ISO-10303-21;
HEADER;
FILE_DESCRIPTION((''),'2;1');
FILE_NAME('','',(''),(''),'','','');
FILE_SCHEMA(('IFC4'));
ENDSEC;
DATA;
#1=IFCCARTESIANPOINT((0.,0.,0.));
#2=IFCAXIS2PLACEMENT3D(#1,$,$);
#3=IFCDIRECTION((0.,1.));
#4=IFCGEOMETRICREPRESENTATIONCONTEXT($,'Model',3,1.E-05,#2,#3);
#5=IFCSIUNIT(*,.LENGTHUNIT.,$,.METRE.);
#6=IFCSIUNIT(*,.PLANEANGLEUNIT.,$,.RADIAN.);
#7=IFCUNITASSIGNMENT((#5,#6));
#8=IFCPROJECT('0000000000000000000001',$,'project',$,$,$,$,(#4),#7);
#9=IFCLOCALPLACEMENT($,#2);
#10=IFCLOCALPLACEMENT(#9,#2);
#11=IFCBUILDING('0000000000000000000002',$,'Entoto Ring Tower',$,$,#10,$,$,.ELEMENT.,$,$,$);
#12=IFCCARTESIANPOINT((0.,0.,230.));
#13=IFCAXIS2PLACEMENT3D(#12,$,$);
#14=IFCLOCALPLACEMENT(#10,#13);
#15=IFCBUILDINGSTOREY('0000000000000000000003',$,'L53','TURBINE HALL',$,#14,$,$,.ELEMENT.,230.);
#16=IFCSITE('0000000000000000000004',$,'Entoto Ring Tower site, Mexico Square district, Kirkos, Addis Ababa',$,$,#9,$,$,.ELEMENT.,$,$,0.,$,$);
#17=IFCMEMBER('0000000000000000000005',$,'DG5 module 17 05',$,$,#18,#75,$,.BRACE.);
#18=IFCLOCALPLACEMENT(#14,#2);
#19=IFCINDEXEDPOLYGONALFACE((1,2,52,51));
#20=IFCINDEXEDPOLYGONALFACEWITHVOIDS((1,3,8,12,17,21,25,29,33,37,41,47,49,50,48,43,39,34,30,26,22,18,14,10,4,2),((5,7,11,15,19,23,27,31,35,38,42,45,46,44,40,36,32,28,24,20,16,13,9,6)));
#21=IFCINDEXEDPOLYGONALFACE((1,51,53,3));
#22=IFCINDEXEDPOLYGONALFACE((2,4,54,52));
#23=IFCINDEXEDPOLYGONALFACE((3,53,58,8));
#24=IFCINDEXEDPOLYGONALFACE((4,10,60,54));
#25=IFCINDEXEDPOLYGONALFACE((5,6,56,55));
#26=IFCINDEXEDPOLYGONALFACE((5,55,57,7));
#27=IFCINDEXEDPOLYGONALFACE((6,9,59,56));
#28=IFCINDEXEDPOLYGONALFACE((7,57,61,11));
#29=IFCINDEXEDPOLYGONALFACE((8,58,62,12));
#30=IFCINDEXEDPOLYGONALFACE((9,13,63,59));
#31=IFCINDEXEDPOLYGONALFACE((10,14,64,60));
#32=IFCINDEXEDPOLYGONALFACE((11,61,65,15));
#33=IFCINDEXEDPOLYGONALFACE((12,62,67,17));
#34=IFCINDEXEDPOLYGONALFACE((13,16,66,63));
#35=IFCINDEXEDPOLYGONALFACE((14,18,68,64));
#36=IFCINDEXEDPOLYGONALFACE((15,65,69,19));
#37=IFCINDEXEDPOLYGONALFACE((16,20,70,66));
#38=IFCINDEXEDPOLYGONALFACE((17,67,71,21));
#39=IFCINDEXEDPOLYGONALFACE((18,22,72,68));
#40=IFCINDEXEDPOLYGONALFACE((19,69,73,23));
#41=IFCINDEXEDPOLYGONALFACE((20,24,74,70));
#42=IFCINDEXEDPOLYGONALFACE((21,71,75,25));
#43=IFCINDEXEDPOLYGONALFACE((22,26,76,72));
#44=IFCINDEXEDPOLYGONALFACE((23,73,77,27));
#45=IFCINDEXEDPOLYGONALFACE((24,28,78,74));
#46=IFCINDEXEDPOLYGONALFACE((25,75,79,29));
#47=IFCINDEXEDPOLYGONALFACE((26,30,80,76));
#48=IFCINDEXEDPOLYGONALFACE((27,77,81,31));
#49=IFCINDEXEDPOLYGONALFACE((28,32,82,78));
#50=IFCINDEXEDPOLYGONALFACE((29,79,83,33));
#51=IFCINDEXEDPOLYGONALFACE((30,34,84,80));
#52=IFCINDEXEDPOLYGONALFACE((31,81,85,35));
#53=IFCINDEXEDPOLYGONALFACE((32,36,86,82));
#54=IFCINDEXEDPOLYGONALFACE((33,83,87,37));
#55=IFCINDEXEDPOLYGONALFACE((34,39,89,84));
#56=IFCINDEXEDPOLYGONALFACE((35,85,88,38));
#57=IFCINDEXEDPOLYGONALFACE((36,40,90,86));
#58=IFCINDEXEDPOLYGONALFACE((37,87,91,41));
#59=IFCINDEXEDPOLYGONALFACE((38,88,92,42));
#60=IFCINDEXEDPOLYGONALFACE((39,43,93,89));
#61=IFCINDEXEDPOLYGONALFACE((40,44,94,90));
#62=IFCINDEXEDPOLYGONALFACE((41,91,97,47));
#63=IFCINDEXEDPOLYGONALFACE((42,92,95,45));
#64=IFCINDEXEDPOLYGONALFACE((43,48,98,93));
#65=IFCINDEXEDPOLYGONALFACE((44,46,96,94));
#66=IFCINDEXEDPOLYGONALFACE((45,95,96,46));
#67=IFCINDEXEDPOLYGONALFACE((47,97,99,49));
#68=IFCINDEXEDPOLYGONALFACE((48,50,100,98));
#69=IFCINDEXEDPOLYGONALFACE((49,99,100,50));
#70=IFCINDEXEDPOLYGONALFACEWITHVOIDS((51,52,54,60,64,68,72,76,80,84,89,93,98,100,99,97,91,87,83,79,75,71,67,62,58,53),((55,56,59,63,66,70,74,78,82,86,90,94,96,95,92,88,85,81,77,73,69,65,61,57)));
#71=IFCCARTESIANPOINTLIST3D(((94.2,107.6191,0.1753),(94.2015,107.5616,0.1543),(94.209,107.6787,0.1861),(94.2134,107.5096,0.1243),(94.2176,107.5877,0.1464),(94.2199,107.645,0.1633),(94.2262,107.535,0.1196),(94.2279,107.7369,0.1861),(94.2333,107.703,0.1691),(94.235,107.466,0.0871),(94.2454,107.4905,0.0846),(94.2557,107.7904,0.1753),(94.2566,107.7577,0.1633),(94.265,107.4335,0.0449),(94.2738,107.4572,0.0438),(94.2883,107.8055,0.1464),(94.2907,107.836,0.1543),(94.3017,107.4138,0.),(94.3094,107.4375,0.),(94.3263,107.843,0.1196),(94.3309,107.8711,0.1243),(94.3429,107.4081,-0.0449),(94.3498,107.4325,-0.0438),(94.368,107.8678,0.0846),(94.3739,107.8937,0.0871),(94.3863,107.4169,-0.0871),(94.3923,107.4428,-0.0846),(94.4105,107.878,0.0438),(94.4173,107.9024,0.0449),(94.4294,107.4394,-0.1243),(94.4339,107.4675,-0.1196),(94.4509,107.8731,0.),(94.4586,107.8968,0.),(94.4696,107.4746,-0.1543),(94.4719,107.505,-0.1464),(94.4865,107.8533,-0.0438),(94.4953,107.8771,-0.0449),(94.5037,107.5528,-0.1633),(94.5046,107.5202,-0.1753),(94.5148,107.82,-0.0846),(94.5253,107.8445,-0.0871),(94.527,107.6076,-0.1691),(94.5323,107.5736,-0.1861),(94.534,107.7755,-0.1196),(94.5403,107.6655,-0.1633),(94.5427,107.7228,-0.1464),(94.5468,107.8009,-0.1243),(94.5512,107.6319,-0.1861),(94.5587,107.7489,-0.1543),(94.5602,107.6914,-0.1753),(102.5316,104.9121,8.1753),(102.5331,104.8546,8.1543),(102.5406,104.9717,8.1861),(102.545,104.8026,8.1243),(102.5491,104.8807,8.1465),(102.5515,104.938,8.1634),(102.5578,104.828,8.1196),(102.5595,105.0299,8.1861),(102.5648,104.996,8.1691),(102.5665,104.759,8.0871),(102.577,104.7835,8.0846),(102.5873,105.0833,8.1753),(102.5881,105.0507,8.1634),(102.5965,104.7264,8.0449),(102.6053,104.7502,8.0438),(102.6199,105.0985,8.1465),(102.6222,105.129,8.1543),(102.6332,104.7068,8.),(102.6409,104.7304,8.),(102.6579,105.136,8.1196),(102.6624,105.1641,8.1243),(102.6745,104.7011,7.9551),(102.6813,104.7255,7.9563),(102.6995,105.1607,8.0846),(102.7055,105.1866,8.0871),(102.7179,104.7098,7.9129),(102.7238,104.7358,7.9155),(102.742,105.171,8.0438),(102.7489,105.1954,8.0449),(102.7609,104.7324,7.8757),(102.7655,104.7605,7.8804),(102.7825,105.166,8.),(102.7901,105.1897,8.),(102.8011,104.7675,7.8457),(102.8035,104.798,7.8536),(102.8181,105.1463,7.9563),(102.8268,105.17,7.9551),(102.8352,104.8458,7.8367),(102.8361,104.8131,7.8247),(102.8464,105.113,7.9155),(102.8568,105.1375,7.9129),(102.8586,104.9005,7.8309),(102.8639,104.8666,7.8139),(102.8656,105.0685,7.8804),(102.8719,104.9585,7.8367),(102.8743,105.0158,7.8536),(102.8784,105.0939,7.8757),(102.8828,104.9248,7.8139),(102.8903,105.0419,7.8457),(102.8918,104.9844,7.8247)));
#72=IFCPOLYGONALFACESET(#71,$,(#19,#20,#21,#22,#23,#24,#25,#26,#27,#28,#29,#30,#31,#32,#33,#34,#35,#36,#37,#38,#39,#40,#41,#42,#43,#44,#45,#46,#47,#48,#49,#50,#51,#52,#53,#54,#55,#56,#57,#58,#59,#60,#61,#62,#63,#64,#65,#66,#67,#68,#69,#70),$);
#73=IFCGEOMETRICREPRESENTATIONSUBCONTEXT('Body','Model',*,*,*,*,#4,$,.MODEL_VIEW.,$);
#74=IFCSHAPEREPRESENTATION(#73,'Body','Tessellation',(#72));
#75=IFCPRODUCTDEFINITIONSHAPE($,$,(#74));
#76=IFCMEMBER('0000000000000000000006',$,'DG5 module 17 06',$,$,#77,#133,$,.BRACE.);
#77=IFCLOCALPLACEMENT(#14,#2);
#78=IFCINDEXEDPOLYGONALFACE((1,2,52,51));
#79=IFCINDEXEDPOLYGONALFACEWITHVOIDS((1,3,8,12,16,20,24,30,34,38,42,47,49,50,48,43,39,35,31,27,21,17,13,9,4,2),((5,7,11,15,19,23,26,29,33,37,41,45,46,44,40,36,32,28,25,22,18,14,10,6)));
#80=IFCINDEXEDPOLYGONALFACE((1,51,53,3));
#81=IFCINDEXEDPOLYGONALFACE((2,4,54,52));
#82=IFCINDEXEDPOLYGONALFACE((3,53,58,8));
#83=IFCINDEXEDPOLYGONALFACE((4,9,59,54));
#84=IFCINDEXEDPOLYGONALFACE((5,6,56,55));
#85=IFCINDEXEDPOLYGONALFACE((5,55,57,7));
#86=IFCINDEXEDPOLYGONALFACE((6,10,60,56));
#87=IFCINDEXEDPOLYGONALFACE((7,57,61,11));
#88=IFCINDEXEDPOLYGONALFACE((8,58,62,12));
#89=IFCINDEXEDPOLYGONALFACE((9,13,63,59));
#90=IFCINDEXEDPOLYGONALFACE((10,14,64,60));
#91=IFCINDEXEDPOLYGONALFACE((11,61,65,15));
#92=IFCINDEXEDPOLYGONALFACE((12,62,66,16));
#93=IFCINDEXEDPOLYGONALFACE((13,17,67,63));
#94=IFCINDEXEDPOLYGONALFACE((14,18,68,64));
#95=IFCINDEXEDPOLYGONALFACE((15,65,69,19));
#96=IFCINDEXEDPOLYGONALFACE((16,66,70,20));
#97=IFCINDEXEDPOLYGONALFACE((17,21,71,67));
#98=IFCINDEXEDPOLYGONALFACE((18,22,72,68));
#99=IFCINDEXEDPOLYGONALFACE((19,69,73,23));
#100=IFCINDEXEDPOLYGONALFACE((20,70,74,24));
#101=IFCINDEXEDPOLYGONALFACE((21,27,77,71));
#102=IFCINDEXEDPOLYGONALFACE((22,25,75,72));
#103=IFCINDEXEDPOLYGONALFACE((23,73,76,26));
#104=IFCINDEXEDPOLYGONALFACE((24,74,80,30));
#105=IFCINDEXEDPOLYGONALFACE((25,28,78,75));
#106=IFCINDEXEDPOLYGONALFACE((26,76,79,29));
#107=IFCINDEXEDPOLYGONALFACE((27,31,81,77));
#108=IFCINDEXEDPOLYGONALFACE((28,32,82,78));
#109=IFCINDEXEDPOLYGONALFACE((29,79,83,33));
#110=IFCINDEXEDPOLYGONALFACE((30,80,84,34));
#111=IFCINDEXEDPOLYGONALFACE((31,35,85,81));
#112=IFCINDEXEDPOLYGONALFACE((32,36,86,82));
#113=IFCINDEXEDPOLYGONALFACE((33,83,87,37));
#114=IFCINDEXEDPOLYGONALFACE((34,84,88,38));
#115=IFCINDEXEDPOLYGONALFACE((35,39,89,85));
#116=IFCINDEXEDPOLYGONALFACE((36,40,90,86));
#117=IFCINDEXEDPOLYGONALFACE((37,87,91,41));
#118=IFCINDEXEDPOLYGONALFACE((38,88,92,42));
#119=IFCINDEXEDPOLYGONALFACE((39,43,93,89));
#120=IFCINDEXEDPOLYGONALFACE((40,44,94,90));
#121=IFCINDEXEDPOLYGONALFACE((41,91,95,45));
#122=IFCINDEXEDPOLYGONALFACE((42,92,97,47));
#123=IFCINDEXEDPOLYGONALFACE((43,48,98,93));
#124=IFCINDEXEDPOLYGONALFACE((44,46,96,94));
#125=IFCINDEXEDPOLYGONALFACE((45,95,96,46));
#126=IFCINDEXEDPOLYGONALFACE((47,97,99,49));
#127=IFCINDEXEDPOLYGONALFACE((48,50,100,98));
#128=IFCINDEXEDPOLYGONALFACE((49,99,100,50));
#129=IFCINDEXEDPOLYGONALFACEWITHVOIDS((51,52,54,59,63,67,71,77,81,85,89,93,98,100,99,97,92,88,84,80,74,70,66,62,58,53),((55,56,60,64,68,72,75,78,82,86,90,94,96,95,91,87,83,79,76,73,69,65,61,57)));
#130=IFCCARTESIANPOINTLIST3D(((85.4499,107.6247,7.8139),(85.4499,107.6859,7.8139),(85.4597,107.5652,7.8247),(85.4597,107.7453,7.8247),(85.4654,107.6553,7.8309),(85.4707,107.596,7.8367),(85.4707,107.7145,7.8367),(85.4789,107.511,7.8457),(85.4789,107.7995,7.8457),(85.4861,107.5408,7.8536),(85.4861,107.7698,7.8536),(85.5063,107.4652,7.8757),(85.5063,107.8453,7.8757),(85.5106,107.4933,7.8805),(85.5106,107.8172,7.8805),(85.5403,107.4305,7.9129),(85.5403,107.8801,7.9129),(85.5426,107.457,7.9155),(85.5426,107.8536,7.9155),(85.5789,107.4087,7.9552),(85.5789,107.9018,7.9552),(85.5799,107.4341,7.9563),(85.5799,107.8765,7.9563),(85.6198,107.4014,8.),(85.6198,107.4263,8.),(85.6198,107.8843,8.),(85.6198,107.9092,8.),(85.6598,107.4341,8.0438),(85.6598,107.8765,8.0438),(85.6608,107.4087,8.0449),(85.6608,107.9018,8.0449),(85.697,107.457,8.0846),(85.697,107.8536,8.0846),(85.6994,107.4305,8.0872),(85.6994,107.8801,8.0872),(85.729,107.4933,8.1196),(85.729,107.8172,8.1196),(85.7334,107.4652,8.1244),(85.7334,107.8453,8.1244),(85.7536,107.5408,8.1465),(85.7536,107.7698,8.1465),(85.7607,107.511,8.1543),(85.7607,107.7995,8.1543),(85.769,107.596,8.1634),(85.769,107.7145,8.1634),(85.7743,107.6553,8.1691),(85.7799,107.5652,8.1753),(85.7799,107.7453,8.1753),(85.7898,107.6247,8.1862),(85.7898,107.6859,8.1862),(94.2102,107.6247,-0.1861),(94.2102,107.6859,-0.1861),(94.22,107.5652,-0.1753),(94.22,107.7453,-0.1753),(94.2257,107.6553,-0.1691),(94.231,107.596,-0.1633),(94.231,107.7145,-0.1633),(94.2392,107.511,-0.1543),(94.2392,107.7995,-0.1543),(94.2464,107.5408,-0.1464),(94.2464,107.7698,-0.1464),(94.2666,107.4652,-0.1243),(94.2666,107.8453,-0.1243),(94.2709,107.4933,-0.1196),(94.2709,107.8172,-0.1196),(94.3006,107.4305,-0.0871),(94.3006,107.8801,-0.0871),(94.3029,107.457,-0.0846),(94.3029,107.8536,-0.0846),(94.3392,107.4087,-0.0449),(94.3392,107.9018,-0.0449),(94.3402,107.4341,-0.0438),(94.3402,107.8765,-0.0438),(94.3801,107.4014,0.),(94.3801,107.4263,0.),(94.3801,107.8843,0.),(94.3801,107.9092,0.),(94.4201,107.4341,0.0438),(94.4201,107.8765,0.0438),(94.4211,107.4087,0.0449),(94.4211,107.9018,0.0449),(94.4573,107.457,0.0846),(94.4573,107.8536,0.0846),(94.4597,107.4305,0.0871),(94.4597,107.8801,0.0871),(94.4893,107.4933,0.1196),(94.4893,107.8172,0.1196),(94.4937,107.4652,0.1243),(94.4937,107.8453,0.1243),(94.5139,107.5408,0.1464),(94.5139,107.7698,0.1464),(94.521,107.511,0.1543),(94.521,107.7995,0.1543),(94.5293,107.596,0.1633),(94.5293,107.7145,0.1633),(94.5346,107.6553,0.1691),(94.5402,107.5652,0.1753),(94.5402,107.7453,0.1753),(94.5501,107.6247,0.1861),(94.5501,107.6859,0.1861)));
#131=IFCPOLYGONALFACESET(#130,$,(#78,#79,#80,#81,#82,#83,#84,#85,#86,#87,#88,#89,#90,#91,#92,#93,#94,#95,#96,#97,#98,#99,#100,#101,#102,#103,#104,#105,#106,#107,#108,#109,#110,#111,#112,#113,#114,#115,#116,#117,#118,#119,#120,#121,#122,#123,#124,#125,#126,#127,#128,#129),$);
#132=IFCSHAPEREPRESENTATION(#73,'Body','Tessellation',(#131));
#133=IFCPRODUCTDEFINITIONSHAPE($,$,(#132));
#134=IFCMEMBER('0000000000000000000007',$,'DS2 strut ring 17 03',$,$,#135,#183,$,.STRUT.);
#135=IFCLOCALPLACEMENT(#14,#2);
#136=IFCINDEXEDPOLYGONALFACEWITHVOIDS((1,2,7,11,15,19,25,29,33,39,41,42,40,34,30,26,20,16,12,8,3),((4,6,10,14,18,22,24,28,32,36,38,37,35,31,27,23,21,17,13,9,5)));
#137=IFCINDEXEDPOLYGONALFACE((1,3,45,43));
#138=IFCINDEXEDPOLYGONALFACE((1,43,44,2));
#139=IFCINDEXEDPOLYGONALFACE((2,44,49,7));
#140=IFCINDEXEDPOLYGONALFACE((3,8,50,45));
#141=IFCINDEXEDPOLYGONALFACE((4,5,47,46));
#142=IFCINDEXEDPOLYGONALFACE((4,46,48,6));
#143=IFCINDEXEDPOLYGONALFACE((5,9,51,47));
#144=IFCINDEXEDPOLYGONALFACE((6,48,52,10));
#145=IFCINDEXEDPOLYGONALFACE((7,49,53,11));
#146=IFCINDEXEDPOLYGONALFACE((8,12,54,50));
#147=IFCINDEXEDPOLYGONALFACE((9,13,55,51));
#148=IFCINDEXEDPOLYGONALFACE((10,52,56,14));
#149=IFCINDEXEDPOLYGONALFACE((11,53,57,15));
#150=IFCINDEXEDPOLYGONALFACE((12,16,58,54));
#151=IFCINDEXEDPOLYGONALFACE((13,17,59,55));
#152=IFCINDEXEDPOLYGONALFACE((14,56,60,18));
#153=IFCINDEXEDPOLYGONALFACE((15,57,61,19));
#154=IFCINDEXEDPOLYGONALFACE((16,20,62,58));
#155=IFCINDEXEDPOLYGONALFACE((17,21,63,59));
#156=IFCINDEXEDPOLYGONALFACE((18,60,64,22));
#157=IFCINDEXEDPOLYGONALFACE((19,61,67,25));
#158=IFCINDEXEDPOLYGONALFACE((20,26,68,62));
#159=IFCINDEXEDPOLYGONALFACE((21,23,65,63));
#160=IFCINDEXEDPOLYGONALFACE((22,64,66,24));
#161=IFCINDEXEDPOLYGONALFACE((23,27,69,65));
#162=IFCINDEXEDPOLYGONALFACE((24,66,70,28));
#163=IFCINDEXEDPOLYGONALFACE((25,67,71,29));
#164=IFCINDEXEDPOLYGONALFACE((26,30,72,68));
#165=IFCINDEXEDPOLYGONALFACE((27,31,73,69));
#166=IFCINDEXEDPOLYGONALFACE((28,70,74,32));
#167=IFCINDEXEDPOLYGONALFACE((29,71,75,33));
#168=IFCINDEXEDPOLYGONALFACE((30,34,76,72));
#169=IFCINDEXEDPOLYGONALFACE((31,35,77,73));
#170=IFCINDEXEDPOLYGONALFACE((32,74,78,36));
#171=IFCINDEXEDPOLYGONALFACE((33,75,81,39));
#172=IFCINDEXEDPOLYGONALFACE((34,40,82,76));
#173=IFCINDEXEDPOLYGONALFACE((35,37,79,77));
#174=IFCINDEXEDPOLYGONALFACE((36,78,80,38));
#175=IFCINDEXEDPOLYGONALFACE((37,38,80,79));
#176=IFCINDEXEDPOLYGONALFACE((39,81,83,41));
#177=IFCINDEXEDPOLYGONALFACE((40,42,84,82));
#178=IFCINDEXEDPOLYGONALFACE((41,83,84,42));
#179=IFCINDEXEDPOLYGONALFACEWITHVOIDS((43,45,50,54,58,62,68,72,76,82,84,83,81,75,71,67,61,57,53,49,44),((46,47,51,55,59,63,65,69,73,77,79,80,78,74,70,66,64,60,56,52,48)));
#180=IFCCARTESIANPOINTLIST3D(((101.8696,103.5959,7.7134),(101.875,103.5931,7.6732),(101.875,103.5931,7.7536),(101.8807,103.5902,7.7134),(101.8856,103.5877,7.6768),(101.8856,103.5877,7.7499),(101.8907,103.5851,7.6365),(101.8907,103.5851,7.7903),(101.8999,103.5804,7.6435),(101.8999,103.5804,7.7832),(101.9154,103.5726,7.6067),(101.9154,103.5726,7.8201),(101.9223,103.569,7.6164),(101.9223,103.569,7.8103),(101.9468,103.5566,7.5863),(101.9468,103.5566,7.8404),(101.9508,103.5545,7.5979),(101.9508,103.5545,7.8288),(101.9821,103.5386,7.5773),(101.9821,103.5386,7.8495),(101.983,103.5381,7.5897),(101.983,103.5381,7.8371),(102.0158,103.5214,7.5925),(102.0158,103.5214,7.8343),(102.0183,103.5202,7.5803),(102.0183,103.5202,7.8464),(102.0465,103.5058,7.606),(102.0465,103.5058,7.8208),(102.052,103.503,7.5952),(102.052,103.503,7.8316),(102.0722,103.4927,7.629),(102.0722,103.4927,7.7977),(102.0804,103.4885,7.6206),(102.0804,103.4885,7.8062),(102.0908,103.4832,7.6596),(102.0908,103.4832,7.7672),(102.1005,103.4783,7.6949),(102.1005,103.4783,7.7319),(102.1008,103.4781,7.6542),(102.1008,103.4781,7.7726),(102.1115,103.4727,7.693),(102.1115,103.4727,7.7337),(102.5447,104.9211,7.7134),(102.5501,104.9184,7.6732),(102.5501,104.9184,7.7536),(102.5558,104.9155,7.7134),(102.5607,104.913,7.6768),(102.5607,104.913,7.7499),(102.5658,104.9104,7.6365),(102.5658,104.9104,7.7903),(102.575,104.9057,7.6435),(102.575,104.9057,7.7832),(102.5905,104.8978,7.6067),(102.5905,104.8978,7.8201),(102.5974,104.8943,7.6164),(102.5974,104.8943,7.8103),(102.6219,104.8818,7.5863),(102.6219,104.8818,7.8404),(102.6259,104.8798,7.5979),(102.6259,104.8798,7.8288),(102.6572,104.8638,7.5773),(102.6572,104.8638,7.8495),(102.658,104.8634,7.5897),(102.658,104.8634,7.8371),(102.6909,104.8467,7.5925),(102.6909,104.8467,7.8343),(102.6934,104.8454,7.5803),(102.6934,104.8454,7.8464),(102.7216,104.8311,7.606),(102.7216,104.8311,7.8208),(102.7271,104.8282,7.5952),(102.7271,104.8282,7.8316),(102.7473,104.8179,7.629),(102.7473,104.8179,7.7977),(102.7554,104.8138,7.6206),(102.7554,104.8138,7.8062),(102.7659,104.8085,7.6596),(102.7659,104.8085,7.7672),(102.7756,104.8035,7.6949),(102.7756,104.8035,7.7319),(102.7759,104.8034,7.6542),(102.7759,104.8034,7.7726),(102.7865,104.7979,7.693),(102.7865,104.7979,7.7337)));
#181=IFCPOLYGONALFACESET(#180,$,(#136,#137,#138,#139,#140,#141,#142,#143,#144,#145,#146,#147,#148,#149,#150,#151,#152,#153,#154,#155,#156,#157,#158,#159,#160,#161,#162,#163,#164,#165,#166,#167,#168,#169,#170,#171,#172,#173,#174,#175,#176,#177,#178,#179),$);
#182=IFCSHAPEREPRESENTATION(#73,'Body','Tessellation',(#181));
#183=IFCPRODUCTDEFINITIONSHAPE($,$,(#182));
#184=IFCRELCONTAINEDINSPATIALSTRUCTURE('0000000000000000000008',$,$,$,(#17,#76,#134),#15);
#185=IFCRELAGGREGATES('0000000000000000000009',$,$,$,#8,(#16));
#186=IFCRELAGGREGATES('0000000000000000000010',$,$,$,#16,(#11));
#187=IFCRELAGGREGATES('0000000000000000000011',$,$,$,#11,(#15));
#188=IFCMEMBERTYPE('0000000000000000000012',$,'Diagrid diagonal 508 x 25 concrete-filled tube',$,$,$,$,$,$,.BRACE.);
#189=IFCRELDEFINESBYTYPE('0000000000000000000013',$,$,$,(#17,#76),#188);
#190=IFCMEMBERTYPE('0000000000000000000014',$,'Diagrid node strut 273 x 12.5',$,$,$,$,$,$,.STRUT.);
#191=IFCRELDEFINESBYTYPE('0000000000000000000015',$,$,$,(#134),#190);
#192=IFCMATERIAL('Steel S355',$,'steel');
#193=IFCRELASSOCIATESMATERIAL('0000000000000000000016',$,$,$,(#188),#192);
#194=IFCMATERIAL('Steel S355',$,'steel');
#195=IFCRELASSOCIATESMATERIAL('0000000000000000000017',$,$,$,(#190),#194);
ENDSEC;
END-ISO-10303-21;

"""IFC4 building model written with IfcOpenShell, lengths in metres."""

from ifc_helpers import new_model, si_unit, direction, frame, origin, origin_2d, place, context, subcontext, project, spatial, circle, hollow_circle, extrude, material, material_profile, profile_set, type_object, element, save


model = new_model("IFC4")

# Units and contexts
model_context = context("Model", 3, precision=1e-05, world=origin(), true_north=direction((0.0, 1.0)))
body_context = subcontext(model_context, "Body", "Model", "MODEL_VIEW")
ifc_project = project(units=[si_unit("LENGTHUNIT", "METRE"), si_unit("PLANEANGLEUNIT", "RADIAN")], contexts=[model_context])

# Site, building, storey
site_placement = place(None, origin())
site = spatial("IfcSite", under=ifc_project, at=site_placement, Name="Entoto Ring Tower site, Mexico Square district, Kirkos, Addis Ababa", CompositionType="ELEMENT", RefElevation=0.0)
building_placement = place(site_placement, origin())
building = spatial("IfcBuilding", under=site, at=building_placement, Name="Entoto Ring Tower", CompositionType="ELEMENT")
storey_placement = place(building_placement, frame((0.0, 0.0, 230.0)))
storey = spatial("IfcBuildingStorey", under=building, at=storey_placement, Name="L53", Description="TURBINE HALL", CompositionType="ELEMENT", Elevation=230.0)

# Members
ifc_material_1 = material(Name="Steel S355", Category="steel")
ifc_material_profile_1 = material_profile(ifc_material_1, hollow_circle(Radius=0.2539, WallThickness=0.0249, at=origin_2d()), Name="CHS 508 x 25")
ifc_material_2 = material(Name="Concrete C60/75", Category="concrete")
ifc_material_profile_2 = material_profile(ifc_material_2, circle(Radius=0.229, at=origin_2d()), Name="Concrete C60/75 infill")
ifc_profile_set_1 = profile_set([ifc_material_profile_1, ifc_material_profile_2], Name="Steel S355")
member_type_1 = type_object("IfcMemberType", Name="Diagrid diagonal 508 x 25 concrete-filled tube", PredefinedType="BRACE", material=ifc_profile_set_1)
for number, where, z_axis, x_axis, name in (
    (1, (94.3801, 107.6553, 0.0), (0.702284, -0.228182, 0.674337), (0.309012, 0.951058, 0.0), "DG5 module 17 05"),
    (2, (94.3801, 107.6553, 0.0), (-0.738422, 0.0, 0.674339), (0.0, -1.0, 0.0), "DG5 module 17 06"),
):
    element("IfcMember", number, at=place(storey_placement, frame(where, z_axis=z_axis, x_axis=x_axis)), inside=storey, type_object=member_type_1, Name=name, PredefinedType="BRACE", context=body_context, shape_type="SweptSolid", body=[
        extrude(hollow_circle(Radius=0.2539, WallThickness=0.0249, at=origin_2d()), origin(), (0.0, 0.0, 1.0), 11.8635),
    ])
ifc_material_3 = material(Name="Steel S355", Category="steel")
ifc_material_profile_3 = material_profile(ifc_material_3, hollow_circle(Radius=0.1365, WallThickness=0.0125, at=origin_2d()), Name="CHS 273 x 12.5")
ifc_material_4 = material(Name="Concrete C60/75", Category="concrete")
ifc_material_profile_4 = material_profile(ifc_material_4, circle(Radius=0.124, at=origin_2d()), Name="Concrete C60/75 infill")
ifc_profile_set_2 = profile_set([ifc_material_profile_3, ifc_material_profile_4], Name="Steel S355")
member_type_2 = type_object("IfcMemberType", Name="Diagrid node strut 273 x 12.5", PredefinedType="STRUT", material=ifc_profile_set_2)
member_1_placement = place(storey_placement, frame((101.9912, 103.5339, 7.7134), z_axis=(0.453899, 0.891053, 0.0), x_axis=(-0.891053, 0.453899, 0.0)))
element("IfcMember", 3, at=member_1_placement, inside=storey, type_object=member_type_2, Name="DS2 strut ring 17 03", PredefinedType="STRUT", context=body_context, shape_type="SweptSolid", body=[
    extrude(hollow_circle(Radius=0.1365, WallThickness=0.0125, at=origin_2d()), origin(), (0.0, 0.0, 1.0), 1.4873),
])

save(model, "model.ifc")
